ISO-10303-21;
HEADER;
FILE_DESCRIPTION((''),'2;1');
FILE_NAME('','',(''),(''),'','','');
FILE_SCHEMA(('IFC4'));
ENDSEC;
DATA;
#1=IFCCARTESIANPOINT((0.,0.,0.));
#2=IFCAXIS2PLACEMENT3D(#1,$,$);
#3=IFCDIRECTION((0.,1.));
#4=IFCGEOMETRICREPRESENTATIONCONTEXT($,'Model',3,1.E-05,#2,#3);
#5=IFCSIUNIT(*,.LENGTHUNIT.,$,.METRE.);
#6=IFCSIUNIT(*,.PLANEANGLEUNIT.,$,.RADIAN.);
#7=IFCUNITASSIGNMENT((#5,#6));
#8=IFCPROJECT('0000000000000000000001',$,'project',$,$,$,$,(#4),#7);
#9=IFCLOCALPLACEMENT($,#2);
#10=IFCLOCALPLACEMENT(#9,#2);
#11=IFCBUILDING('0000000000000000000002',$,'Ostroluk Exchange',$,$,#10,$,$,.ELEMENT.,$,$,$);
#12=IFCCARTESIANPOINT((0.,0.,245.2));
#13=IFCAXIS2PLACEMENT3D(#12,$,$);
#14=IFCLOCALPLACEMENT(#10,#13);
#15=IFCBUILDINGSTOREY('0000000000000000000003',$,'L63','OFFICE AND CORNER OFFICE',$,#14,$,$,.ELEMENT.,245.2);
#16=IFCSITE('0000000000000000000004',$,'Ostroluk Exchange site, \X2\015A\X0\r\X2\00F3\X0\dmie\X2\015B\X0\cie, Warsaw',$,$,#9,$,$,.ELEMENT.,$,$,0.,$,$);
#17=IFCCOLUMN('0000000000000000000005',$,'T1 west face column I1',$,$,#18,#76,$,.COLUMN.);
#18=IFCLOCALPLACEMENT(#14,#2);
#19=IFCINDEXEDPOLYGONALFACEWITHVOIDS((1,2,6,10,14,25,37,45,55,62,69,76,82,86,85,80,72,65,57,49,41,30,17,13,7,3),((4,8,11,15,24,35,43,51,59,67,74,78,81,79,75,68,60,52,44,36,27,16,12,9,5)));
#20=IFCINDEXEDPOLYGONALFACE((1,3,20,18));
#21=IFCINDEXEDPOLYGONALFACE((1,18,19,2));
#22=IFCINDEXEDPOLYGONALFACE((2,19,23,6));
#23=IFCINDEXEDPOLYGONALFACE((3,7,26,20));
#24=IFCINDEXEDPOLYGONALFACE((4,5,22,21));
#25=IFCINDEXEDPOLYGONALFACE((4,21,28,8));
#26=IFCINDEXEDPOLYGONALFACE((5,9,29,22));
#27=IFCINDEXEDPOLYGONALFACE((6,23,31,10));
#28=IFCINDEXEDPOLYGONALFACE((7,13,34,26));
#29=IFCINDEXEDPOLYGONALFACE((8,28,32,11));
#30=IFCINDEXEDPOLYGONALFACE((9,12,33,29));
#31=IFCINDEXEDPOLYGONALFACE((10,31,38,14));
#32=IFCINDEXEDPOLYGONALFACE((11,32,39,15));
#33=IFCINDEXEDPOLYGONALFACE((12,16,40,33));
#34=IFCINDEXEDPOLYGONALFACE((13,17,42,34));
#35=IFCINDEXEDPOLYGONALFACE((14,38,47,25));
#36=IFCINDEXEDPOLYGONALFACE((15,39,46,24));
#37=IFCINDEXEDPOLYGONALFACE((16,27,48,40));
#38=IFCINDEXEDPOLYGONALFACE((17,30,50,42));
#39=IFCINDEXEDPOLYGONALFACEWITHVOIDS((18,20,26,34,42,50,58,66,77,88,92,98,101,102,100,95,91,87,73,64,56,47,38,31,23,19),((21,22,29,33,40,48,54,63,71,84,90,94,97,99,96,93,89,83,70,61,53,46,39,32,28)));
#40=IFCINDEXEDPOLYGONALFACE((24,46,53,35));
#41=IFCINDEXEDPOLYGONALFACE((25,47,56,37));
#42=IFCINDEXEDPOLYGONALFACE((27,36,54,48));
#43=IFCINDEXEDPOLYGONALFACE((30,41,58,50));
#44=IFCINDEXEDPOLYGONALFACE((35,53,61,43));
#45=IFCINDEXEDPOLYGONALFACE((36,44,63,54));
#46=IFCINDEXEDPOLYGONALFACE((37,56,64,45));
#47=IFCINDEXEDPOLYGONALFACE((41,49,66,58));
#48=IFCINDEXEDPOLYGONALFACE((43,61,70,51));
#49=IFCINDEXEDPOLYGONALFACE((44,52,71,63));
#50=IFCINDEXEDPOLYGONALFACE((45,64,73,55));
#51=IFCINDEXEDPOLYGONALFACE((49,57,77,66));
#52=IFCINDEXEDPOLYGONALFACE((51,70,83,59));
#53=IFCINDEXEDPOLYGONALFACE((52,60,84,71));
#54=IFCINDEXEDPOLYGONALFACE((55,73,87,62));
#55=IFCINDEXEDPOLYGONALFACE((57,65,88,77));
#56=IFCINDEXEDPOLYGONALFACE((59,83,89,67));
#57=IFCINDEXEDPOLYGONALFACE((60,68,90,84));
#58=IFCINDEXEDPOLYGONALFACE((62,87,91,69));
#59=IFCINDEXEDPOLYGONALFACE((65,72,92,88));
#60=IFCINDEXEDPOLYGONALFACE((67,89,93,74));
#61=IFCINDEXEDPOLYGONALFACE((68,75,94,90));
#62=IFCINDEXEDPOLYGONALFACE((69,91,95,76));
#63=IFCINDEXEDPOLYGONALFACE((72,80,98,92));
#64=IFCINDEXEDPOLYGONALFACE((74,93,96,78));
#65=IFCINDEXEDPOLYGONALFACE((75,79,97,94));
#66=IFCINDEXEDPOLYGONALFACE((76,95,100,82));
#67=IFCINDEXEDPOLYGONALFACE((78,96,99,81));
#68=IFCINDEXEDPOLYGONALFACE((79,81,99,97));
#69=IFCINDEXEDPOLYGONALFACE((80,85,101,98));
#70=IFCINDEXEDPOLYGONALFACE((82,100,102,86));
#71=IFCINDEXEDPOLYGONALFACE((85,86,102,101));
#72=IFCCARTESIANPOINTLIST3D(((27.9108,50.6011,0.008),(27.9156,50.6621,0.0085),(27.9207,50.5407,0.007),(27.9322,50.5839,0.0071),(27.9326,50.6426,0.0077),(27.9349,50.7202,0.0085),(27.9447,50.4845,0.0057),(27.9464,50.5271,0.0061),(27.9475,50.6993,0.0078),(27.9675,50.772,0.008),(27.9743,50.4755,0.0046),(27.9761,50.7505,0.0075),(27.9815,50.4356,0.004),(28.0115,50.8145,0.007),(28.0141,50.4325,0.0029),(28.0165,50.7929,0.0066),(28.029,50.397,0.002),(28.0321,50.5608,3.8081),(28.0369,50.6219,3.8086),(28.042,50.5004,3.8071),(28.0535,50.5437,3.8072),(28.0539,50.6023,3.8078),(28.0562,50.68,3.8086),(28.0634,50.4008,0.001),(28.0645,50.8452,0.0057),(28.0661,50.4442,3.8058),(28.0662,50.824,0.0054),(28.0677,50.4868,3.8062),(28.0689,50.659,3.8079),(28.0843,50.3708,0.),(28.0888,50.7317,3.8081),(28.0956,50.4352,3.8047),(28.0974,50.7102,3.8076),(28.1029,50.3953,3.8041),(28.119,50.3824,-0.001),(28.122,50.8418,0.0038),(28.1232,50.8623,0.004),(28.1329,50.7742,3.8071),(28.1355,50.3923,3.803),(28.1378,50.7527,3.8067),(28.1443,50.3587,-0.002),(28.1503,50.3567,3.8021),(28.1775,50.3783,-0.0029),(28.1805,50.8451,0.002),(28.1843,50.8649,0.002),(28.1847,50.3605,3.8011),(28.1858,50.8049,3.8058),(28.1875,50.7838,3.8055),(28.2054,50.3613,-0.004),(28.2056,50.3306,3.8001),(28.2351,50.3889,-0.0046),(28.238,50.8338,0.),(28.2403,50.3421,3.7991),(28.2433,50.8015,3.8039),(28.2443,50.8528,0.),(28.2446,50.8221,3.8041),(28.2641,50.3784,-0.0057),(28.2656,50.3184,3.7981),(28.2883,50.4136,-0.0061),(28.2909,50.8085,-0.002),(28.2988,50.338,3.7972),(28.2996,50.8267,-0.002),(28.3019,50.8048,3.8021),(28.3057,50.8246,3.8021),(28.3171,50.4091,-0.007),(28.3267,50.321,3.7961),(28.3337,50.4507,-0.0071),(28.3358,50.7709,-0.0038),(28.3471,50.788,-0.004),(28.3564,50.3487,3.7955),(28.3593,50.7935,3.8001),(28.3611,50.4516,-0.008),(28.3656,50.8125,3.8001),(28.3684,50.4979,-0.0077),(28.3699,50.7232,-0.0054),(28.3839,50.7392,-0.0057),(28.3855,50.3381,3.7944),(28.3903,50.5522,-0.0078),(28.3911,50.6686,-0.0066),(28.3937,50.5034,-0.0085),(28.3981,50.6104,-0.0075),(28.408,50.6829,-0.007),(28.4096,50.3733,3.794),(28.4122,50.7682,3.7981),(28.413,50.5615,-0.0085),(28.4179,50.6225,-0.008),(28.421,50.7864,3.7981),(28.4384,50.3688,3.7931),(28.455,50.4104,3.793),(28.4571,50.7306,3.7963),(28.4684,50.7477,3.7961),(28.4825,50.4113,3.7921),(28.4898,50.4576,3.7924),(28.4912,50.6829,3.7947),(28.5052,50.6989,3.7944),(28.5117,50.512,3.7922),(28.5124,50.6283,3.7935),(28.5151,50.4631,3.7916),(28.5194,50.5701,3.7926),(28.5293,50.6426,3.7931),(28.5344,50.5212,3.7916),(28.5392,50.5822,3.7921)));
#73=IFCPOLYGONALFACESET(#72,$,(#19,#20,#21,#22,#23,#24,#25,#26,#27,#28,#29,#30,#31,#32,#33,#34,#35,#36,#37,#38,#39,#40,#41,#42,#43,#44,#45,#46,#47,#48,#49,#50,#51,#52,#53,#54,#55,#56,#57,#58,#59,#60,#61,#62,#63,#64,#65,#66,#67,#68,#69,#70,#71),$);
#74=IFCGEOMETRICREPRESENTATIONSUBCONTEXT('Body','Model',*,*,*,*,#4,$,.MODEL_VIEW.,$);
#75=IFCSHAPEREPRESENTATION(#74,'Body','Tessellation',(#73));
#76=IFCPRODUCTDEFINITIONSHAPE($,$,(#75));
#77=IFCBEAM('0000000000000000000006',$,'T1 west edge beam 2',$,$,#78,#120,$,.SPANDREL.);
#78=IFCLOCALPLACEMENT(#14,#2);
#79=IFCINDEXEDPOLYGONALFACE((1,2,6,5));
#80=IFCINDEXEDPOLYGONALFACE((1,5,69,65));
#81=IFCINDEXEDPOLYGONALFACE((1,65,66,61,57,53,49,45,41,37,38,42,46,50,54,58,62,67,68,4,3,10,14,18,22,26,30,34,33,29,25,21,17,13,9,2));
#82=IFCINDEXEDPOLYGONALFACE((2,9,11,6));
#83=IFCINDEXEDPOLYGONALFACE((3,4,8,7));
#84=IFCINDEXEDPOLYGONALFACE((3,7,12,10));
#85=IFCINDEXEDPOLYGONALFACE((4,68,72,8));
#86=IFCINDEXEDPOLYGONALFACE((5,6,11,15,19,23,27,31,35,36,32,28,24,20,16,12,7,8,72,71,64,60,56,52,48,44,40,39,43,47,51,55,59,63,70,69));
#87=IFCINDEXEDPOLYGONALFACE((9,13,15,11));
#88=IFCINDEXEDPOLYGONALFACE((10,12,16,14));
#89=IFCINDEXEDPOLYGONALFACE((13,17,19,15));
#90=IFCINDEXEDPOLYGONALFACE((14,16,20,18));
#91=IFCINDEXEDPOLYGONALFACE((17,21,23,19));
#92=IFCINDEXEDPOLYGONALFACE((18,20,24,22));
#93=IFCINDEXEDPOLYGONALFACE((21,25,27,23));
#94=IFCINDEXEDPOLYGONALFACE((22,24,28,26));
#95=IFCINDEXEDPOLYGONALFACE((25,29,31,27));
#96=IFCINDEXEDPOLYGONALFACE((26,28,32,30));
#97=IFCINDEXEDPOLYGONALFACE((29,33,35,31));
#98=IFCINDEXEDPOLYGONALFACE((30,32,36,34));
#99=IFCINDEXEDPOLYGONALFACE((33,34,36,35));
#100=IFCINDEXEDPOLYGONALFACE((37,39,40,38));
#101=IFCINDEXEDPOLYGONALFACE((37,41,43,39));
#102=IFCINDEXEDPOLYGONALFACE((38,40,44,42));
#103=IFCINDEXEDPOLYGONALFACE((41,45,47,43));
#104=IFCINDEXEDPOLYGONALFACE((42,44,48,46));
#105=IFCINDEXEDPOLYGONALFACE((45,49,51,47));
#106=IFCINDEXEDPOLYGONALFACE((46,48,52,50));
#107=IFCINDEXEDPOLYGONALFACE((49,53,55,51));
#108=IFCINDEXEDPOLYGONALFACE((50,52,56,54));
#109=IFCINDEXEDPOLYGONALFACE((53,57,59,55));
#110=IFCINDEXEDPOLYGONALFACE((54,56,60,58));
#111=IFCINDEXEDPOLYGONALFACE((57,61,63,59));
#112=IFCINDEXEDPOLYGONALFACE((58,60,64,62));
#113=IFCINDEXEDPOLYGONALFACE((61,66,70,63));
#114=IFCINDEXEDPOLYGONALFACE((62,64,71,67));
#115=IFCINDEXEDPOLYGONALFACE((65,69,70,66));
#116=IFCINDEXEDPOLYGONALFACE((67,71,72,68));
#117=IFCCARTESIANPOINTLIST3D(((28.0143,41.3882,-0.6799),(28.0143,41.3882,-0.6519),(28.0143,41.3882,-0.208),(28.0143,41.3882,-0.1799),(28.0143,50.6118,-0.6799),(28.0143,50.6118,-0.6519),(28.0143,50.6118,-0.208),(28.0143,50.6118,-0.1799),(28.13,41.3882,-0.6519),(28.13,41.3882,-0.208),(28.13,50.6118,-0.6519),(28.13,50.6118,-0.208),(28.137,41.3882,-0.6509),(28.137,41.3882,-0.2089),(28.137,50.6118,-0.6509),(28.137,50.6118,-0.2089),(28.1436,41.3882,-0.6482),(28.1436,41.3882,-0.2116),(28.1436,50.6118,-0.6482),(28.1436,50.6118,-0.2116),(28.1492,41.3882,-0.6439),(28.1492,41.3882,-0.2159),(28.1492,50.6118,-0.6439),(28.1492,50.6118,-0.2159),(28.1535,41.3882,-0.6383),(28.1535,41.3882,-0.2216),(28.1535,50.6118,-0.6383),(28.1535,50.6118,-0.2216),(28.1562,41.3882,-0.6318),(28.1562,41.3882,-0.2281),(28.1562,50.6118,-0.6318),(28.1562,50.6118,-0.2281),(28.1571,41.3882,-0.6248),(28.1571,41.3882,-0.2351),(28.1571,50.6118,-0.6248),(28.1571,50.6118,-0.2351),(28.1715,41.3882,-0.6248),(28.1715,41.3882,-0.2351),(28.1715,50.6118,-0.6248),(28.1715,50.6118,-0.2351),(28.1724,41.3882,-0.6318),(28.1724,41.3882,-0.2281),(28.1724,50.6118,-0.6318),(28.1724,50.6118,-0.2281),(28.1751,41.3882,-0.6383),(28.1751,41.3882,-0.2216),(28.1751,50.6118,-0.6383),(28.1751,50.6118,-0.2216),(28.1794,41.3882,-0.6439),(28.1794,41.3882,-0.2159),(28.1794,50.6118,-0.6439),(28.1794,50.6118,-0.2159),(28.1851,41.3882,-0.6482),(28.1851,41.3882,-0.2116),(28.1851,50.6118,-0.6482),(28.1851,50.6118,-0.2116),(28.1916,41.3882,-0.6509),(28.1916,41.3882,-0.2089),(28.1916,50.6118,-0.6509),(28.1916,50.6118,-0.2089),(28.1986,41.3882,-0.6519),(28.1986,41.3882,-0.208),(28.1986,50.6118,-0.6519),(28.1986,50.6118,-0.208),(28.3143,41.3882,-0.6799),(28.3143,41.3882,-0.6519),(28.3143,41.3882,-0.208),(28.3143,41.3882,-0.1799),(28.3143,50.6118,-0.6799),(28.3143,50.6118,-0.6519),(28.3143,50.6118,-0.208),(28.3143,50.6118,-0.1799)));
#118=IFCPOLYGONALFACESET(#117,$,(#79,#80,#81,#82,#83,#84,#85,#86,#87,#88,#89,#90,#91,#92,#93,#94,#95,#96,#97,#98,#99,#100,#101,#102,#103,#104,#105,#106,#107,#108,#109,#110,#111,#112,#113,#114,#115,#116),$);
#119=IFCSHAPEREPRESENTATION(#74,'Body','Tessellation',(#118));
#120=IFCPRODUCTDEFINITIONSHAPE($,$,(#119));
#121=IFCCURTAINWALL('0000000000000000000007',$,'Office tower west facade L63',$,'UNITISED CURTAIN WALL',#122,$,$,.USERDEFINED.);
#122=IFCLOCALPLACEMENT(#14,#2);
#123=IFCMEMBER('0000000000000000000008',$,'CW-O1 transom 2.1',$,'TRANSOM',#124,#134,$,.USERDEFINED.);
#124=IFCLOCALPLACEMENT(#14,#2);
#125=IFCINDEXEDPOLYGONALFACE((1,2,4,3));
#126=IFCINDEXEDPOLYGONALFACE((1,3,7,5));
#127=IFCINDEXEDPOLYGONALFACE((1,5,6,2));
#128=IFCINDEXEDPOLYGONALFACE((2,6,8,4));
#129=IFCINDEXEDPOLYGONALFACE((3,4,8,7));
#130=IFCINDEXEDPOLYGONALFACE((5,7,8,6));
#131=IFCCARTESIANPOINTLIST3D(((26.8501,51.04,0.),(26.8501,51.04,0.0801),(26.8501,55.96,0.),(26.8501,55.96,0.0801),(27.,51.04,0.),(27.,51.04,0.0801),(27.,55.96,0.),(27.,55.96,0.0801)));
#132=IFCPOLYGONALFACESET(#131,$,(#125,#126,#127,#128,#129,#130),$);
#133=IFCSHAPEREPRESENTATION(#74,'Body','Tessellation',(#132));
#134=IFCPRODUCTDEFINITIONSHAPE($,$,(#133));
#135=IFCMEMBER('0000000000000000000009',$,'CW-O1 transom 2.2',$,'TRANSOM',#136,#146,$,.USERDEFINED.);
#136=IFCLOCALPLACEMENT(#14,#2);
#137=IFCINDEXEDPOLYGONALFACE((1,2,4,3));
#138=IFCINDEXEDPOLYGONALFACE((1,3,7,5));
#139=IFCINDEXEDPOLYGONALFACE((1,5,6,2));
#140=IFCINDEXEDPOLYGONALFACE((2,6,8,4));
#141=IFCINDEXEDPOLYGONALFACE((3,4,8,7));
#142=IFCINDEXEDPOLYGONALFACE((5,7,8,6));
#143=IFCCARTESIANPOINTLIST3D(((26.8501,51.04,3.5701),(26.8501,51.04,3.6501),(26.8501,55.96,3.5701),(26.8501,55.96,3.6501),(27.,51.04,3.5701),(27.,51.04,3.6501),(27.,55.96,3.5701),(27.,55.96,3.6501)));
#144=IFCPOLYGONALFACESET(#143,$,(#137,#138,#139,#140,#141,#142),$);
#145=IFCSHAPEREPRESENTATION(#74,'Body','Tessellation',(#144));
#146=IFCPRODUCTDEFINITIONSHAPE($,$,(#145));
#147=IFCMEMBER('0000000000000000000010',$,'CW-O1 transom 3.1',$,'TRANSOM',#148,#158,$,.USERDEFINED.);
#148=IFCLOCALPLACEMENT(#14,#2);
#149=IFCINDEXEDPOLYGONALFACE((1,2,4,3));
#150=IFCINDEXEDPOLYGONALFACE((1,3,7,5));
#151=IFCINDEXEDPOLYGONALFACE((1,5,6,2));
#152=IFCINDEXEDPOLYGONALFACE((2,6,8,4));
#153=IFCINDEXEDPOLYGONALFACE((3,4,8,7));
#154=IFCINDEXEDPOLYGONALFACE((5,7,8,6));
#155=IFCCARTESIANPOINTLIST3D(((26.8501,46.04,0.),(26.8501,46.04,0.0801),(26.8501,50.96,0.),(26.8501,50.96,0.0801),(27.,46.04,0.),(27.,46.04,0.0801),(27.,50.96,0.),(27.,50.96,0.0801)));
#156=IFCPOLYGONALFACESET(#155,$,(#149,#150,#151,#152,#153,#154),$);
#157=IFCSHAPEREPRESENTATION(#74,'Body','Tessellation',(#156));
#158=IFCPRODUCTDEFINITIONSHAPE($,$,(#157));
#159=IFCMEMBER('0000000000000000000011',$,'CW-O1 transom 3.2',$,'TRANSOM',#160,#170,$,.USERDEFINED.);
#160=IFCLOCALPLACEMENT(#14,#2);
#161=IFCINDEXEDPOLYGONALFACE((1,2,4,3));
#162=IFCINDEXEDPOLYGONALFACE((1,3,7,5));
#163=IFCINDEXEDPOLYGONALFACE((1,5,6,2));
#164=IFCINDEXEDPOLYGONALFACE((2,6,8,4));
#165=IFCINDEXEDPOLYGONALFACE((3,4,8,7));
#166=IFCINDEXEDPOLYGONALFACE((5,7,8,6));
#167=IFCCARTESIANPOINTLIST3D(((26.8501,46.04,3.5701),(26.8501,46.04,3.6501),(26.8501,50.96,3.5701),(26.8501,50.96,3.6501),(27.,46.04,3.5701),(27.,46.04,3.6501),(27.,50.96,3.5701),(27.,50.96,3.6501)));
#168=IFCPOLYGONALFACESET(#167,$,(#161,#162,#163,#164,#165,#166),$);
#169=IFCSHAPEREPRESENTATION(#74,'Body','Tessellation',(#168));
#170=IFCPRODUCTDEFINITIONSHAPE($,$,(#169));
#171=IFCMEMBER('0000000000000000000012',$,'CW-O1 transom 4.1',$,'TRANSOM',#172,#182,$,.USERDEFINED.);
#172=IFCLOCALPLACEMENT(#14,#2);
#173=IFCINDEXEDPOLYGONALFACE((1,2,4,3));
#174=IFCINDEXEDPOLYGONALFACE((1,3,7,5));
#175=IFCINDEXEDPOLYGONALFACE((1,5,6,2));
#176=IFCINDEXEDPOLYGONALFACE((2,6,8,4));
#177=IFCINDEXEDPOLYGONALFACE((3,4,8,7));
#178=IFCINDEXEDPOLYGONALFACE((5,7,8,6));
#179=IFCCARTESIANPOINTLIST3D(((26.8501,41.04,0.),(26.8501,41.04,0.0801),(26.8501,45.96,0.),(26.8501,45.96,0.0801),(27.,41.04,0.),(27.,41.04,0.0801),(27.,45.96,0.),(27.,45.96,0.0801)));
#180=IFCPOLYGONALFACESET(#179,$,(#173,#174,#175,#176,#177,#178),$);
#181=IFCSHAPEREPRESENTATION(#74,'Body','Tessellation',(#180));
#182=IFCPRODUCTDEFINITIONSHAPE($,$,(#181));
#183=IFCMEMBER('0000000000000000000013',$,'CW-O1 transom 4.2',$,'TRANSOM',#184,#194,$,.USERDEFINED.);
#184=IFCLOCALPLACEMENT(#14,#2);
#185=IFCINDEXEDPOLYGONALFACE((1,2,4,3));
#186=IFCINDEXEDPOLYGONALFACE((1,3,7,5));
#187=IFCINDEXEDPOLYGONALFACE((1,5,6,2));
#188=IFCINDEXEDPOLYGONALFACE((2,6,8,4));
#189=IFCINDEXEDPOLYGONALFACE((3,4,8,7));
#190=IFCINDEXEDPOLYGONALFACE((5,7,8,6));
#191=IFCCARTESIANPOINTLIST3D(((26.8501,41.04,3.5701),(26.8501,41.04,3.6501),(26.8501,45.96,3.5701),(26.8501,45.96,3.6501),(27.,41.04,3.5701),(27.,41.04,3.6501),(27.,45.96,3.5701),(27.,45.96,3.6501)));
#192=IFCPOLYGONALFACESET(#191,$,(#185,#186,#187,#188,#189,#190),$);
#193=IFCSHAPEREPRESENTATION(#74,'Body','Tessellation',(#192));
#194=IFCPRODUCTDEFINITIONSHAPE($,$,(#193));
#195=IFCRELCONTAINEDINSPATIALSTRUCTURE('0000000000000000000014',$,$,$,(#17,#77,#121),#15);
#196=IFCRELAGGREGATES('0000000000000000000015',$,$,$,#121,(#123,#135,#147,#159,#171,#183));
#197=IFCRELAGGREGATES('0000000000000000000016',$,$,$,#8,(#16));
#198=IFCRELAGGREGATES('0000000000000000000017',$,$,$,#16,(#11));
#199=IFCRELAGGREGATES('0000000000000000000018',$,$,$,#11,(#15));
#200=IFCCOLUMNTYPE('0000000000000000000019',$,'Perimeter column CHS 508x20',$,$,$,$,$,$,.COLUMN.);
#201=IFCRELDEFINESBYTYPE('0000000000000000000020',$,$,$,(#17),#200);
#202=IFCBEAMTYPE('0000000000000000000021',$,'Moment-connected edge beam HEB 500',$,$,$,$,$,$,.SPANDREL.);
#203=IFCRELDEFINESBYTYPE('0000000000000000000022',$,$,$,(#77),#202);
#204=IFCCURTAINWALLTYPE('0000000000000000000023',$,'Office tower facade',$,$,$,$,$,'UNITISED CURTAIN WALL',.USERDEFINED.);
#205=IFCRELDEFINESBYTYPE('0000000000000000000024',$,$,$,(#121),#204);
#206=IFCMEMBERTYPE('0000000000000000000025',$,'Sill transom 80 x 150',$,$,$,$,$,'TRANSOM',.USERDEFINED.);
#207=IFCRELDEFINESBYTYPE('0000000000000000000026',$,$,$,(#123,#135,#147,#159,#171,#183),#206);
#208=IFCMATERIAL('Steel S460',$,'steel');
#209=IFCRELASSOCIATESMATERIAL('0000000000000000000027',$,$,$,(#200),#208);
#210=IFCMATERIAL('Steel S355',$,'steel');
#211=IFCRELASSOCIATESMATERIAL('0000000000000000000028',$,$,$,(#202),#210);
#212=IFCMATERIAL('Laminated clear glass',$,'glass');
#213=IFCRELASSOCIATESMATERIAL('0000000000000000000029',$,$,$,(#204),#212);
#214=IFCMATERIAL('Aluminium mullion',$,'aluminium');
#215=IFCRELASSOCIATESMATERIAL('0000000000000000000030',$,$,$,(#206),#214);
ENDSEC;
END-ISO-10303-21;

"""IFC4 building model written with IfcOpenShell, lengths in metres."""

from ifc_helpers import new_model, si_unit, direction, frame, origin, origin_2d, place, context, subcontext, project, spatial, rectangle, hollow_circle, i_section, extrude, material, material_profile, profile_set, type_object, element, aggregate, save


model = new_model("IFC4")

# Units and contexts
model_context = context("Model", 3, precision=1e-05, world=origin(), true_north=direction((0.0, 1.0)))
body_context = subcontext(model_context, "Body", "Model", "MODEL_VIEW")
ifc_project = project(units=[si_unit("LENGTHUNIT", "METRE"), si_unit("PLANEANGLEUNIT", "RADIAN")], contexts=[model_context])

# Site, building, storey
site_placement = place(None, origin())
site = spatial("IfcSite", under=ifc_project, at=site_placement, Name="Ostroluk Exchange site, Śródmieście, Warsaw", CompositionType="ELEMENT", RefElevation=0.0)
building_placement = place(site_placement, origin())
building = spatial("IfcBuilding", under=site, at=building_placement, Name="Ostroluk Exchange", CompositionType="ELEMENT")
storey_placement = place(building_placement, frame((0.0, 0.0, 245.2)))
storey = spatial("IfcBuildingStorey", under=building, at=storey_placement, Name="L63", Description="OFFICE AND CORNER OFFICE", CompositionType="ELEMENT", Elevation=245.2)

# Column
ifc_material_1 = material(Name="Steel S460", Category="steel")
ifc_material_profile_1 = material_profile(ifc_material_1, hollow_circle(Radius=0.2539, WallThickness=0.02, at=origin_2d()), Name="CHS 508x20")
ifc_profile_set_1 = profile_set([ifc_material_profile_1], Name="Steel S460")
column_type = type_object("IfcColumnType", Name="Perimeter column CHS 508x20", PredefinedType="COLUMN", material=ifc_profile_set_1)
column_placement = place(storey_placement, frame((28.1643, 50.6118, 0.0), z_axis=(0.031913, -0.010595, 0.999435), x_axis=(0.315082, 0.949065, 0.0)))
element("IfcColumn", 1, at=column_placement, inside=storey, type_object=column_type, Name="T1 west face column I1", PredefinedType="COLUMN", context=body_context, shape_type="SweptSolid", body=[
    extrude(hollow_circle(Radius=0.2539, WallThickness=0.02, at=origin_2d()), origin(), (0.0, 0.0, 1.0), 3.8022),
])

# Beam
ifc_material_2 = material(Name="Steel S355", Category="steel")
ifc_material_profile_2 = material_profile(ifc_material_2, i_section(OverallWidth=0.3, OverallDepth=0.5, WebThickness=0.0144, FlangeThickness=0.0281, FilletRadius=0.0271, at=origin_2d()), Name="HEB 500")
ifc_profile_set_2 = profile_set([ifc_material_profile_2], Name="Steel S355")
beam_type = type_object("IfcBeamType", Name="Moment-connected edge beam HEB 500", PredefinedType="SPANDREL", material=ifc_profile_set_2)
beam_placement = place(storey_placement, frame((28.1643, 50.6118, -0.4299), z_axis=(0.0, -1.0, 0.0), x_axis=(1.0, 0.0, 0.0)))
element("IfcBeam", 2, at=beam_placement, inside=storey, type_object=beam_type, Name="T1 west edge beam 2", PredefinedType="SPANDREL", context=body_context, shape_type="SweptSolid", body=[
    extrude(i_section(OverallWidth=0.3, OverallDepth=0.5, WebThickness=0.0144, FlangeThickness=0.0281, FilletRadius=0.0271, at=origin_2d()), origin(), (0.0, 0.0, 1.0), 9.2236),
])

# Curtain wall, members
ifc_material_3 = material(Name="Laminated clear glass", Category="glass")
curtain_wall_type = type_object("IfcCurtainWallType", Name="Office tower facade", ElementType="UNITISED CURTAIN WALL", PredefinedType="USERDEFINED", material=ifc_material_3)
curtain_wall_placement = place(storey_placement, origin())
curtain_wall = element("IfcCurtainWall", 3, at=curtain_wall_placement, inside=storey, type_object=curtain_wall_type, Name="Office tower west facade L63", ObjectType="UNITISED CURTAIN WALL", PredefinedType="USERDEFINED")
ifc_material_4 = material(Name="Aluminium mullion", Category="aluminium")
ifc_material_profile_3 = material_profile(ifc_material_4, rectangle(XDim=0.1499, YDim=0.0801, at=origin_2d()), Name="Sill transom 80 x 150")
ifc_profile_set_3 = profile_set([ifc_material_profile_3], Name="Aluminium mullion")
member_type_1 = type_object("IfcMemberType", Name="Sill transom 80 x 150", ElementType="TRANSOM", PredefinedType="USERDEFINED", material=ifc_profile_set_3)
member_1_placement = place(storey_placement, frame((26.925, 55.96, 0.04), z_axis=(0.0, -1.0, 0.0), x_axis=(1.0, 0.0, 0.0)))
member_1 = element("IfcMember", 4, at=member_1_placement, type_object=member_type_1, Name="CW-O1 transom 2.1", ObjectType="TRANSOM", PredefinedType="USERDEFINED", context=body_context, shape_type="SweptSolid", body=[
    extrude(rectangle(XDim=0.1499, YDim=0.0801, at=origin_2d()), origin(), (0.0, 0.0, 1.0), 4.9199),
])
member_2_placement = place(storey_placement, frame((26.925, 55.96, 3.6101), z_axis=(0.0, -1.0, 0.0), x_axis=(1.0, 0.0, 0.0)))
member_2 = element("IfcMember", 5, at=member_2_placement, type_object=member_type_1, Name="CW-O1 transom 2.2", ObjectType="TRANSOM", PredefinedType="USERDEFINED", context=body_context, shape_type="SweptSolid", body=[
    extrude(rectangle(XDim=0.1499, YDim=0.0801, at=origin_2d()), origin(), (0.0, 0.0, 1.0), 4.9199),
])
member_3_placement = place(storey_placement, frame((26.925, 50.96, 0.04), z_axis=(0.0, -1.0, 0.0), x_axis=(1.0, 0.0, 0.0)))
member_3 = element("IfcMember", 6, at=member_3_placement, type_object=member_type_1, Name="CW-O1 transom 3.1", ObjectType="TRANSOM", PredefinedType="USERDEFINED", context=body_context, shape_type="SweptSolid", body=[
    extrude(rectangle(XDim=0.1499, YDim=0.0801, at=origin_2d()), origin(), (0.0, 0.0, 1.0), 4.9199),
])
member_4_placement = place(storey_placement, frame((26.925, 50.96, 3.6101), z_axis=(0.0, -1.0, 0.0), x_axis=(1.0, 0.0, 0.0)))
member_4 = element("IfcMember", 7, at=member_4_placement, type_object=member_type_1, Name="CW-O1 transom 3.2", ObjectType="TRANSOM", PredefinedType="USERDEFINED", context=body_context, shape_type="SweptSolid", body=[
    extrude(rectangle(XDim=0.1499, YDim=0.0801, at=origin_2d()), origin(), (0.0, 0.0, 1.0), 4.9199),
])
member_5_placement = place(storey_placement, frame((26.925, 45.96, 0.04), z_axis=(0.0, -1.0, 0.0), x_axis=(1.0, 0.0, 0.0)))
member_5 = element("IfcMember", 8, at=member_5_placement, type_object=member_type_1, Name="CW-O1 transom 4.1", ObjectType="TRANSOM", PredefinedType="USERDEFINED", context=body_context, shape_type="SweptSolid", body=[
    extrude(rectangle(XDim=0.1499, YDim=0.0801, at=origin_2d()), origin(), (0.0, 0.0, 1.0), 4.9199),
])
member_6_placement = place(storey_placement, frame((26.925, 45.96, 3.6101), z_axis=(0.0, -1.0, 0.0), x_axis=(1.0, 0.0, 0.0)))
member_6 = element("IfcMember", 9, at=member_6_placement, type_object=member_type_1, Name="CW-O1 transom 4.2", ObjectType="TRANSOM", PredefinedType="USERDEFINED", context=body_context, shape_type="SweptSolid", body=[
    extrude(rectangle(XDim=0.1499, YDim=0.0801, at=origin_2d()), origin(), (0.0, 0.0, 1.0), 4.9199),
])
aggregate(curtain_wall, [member_1, member_2, member_3, member_4, member_5, member_6])

save(model, "model.ifc")
